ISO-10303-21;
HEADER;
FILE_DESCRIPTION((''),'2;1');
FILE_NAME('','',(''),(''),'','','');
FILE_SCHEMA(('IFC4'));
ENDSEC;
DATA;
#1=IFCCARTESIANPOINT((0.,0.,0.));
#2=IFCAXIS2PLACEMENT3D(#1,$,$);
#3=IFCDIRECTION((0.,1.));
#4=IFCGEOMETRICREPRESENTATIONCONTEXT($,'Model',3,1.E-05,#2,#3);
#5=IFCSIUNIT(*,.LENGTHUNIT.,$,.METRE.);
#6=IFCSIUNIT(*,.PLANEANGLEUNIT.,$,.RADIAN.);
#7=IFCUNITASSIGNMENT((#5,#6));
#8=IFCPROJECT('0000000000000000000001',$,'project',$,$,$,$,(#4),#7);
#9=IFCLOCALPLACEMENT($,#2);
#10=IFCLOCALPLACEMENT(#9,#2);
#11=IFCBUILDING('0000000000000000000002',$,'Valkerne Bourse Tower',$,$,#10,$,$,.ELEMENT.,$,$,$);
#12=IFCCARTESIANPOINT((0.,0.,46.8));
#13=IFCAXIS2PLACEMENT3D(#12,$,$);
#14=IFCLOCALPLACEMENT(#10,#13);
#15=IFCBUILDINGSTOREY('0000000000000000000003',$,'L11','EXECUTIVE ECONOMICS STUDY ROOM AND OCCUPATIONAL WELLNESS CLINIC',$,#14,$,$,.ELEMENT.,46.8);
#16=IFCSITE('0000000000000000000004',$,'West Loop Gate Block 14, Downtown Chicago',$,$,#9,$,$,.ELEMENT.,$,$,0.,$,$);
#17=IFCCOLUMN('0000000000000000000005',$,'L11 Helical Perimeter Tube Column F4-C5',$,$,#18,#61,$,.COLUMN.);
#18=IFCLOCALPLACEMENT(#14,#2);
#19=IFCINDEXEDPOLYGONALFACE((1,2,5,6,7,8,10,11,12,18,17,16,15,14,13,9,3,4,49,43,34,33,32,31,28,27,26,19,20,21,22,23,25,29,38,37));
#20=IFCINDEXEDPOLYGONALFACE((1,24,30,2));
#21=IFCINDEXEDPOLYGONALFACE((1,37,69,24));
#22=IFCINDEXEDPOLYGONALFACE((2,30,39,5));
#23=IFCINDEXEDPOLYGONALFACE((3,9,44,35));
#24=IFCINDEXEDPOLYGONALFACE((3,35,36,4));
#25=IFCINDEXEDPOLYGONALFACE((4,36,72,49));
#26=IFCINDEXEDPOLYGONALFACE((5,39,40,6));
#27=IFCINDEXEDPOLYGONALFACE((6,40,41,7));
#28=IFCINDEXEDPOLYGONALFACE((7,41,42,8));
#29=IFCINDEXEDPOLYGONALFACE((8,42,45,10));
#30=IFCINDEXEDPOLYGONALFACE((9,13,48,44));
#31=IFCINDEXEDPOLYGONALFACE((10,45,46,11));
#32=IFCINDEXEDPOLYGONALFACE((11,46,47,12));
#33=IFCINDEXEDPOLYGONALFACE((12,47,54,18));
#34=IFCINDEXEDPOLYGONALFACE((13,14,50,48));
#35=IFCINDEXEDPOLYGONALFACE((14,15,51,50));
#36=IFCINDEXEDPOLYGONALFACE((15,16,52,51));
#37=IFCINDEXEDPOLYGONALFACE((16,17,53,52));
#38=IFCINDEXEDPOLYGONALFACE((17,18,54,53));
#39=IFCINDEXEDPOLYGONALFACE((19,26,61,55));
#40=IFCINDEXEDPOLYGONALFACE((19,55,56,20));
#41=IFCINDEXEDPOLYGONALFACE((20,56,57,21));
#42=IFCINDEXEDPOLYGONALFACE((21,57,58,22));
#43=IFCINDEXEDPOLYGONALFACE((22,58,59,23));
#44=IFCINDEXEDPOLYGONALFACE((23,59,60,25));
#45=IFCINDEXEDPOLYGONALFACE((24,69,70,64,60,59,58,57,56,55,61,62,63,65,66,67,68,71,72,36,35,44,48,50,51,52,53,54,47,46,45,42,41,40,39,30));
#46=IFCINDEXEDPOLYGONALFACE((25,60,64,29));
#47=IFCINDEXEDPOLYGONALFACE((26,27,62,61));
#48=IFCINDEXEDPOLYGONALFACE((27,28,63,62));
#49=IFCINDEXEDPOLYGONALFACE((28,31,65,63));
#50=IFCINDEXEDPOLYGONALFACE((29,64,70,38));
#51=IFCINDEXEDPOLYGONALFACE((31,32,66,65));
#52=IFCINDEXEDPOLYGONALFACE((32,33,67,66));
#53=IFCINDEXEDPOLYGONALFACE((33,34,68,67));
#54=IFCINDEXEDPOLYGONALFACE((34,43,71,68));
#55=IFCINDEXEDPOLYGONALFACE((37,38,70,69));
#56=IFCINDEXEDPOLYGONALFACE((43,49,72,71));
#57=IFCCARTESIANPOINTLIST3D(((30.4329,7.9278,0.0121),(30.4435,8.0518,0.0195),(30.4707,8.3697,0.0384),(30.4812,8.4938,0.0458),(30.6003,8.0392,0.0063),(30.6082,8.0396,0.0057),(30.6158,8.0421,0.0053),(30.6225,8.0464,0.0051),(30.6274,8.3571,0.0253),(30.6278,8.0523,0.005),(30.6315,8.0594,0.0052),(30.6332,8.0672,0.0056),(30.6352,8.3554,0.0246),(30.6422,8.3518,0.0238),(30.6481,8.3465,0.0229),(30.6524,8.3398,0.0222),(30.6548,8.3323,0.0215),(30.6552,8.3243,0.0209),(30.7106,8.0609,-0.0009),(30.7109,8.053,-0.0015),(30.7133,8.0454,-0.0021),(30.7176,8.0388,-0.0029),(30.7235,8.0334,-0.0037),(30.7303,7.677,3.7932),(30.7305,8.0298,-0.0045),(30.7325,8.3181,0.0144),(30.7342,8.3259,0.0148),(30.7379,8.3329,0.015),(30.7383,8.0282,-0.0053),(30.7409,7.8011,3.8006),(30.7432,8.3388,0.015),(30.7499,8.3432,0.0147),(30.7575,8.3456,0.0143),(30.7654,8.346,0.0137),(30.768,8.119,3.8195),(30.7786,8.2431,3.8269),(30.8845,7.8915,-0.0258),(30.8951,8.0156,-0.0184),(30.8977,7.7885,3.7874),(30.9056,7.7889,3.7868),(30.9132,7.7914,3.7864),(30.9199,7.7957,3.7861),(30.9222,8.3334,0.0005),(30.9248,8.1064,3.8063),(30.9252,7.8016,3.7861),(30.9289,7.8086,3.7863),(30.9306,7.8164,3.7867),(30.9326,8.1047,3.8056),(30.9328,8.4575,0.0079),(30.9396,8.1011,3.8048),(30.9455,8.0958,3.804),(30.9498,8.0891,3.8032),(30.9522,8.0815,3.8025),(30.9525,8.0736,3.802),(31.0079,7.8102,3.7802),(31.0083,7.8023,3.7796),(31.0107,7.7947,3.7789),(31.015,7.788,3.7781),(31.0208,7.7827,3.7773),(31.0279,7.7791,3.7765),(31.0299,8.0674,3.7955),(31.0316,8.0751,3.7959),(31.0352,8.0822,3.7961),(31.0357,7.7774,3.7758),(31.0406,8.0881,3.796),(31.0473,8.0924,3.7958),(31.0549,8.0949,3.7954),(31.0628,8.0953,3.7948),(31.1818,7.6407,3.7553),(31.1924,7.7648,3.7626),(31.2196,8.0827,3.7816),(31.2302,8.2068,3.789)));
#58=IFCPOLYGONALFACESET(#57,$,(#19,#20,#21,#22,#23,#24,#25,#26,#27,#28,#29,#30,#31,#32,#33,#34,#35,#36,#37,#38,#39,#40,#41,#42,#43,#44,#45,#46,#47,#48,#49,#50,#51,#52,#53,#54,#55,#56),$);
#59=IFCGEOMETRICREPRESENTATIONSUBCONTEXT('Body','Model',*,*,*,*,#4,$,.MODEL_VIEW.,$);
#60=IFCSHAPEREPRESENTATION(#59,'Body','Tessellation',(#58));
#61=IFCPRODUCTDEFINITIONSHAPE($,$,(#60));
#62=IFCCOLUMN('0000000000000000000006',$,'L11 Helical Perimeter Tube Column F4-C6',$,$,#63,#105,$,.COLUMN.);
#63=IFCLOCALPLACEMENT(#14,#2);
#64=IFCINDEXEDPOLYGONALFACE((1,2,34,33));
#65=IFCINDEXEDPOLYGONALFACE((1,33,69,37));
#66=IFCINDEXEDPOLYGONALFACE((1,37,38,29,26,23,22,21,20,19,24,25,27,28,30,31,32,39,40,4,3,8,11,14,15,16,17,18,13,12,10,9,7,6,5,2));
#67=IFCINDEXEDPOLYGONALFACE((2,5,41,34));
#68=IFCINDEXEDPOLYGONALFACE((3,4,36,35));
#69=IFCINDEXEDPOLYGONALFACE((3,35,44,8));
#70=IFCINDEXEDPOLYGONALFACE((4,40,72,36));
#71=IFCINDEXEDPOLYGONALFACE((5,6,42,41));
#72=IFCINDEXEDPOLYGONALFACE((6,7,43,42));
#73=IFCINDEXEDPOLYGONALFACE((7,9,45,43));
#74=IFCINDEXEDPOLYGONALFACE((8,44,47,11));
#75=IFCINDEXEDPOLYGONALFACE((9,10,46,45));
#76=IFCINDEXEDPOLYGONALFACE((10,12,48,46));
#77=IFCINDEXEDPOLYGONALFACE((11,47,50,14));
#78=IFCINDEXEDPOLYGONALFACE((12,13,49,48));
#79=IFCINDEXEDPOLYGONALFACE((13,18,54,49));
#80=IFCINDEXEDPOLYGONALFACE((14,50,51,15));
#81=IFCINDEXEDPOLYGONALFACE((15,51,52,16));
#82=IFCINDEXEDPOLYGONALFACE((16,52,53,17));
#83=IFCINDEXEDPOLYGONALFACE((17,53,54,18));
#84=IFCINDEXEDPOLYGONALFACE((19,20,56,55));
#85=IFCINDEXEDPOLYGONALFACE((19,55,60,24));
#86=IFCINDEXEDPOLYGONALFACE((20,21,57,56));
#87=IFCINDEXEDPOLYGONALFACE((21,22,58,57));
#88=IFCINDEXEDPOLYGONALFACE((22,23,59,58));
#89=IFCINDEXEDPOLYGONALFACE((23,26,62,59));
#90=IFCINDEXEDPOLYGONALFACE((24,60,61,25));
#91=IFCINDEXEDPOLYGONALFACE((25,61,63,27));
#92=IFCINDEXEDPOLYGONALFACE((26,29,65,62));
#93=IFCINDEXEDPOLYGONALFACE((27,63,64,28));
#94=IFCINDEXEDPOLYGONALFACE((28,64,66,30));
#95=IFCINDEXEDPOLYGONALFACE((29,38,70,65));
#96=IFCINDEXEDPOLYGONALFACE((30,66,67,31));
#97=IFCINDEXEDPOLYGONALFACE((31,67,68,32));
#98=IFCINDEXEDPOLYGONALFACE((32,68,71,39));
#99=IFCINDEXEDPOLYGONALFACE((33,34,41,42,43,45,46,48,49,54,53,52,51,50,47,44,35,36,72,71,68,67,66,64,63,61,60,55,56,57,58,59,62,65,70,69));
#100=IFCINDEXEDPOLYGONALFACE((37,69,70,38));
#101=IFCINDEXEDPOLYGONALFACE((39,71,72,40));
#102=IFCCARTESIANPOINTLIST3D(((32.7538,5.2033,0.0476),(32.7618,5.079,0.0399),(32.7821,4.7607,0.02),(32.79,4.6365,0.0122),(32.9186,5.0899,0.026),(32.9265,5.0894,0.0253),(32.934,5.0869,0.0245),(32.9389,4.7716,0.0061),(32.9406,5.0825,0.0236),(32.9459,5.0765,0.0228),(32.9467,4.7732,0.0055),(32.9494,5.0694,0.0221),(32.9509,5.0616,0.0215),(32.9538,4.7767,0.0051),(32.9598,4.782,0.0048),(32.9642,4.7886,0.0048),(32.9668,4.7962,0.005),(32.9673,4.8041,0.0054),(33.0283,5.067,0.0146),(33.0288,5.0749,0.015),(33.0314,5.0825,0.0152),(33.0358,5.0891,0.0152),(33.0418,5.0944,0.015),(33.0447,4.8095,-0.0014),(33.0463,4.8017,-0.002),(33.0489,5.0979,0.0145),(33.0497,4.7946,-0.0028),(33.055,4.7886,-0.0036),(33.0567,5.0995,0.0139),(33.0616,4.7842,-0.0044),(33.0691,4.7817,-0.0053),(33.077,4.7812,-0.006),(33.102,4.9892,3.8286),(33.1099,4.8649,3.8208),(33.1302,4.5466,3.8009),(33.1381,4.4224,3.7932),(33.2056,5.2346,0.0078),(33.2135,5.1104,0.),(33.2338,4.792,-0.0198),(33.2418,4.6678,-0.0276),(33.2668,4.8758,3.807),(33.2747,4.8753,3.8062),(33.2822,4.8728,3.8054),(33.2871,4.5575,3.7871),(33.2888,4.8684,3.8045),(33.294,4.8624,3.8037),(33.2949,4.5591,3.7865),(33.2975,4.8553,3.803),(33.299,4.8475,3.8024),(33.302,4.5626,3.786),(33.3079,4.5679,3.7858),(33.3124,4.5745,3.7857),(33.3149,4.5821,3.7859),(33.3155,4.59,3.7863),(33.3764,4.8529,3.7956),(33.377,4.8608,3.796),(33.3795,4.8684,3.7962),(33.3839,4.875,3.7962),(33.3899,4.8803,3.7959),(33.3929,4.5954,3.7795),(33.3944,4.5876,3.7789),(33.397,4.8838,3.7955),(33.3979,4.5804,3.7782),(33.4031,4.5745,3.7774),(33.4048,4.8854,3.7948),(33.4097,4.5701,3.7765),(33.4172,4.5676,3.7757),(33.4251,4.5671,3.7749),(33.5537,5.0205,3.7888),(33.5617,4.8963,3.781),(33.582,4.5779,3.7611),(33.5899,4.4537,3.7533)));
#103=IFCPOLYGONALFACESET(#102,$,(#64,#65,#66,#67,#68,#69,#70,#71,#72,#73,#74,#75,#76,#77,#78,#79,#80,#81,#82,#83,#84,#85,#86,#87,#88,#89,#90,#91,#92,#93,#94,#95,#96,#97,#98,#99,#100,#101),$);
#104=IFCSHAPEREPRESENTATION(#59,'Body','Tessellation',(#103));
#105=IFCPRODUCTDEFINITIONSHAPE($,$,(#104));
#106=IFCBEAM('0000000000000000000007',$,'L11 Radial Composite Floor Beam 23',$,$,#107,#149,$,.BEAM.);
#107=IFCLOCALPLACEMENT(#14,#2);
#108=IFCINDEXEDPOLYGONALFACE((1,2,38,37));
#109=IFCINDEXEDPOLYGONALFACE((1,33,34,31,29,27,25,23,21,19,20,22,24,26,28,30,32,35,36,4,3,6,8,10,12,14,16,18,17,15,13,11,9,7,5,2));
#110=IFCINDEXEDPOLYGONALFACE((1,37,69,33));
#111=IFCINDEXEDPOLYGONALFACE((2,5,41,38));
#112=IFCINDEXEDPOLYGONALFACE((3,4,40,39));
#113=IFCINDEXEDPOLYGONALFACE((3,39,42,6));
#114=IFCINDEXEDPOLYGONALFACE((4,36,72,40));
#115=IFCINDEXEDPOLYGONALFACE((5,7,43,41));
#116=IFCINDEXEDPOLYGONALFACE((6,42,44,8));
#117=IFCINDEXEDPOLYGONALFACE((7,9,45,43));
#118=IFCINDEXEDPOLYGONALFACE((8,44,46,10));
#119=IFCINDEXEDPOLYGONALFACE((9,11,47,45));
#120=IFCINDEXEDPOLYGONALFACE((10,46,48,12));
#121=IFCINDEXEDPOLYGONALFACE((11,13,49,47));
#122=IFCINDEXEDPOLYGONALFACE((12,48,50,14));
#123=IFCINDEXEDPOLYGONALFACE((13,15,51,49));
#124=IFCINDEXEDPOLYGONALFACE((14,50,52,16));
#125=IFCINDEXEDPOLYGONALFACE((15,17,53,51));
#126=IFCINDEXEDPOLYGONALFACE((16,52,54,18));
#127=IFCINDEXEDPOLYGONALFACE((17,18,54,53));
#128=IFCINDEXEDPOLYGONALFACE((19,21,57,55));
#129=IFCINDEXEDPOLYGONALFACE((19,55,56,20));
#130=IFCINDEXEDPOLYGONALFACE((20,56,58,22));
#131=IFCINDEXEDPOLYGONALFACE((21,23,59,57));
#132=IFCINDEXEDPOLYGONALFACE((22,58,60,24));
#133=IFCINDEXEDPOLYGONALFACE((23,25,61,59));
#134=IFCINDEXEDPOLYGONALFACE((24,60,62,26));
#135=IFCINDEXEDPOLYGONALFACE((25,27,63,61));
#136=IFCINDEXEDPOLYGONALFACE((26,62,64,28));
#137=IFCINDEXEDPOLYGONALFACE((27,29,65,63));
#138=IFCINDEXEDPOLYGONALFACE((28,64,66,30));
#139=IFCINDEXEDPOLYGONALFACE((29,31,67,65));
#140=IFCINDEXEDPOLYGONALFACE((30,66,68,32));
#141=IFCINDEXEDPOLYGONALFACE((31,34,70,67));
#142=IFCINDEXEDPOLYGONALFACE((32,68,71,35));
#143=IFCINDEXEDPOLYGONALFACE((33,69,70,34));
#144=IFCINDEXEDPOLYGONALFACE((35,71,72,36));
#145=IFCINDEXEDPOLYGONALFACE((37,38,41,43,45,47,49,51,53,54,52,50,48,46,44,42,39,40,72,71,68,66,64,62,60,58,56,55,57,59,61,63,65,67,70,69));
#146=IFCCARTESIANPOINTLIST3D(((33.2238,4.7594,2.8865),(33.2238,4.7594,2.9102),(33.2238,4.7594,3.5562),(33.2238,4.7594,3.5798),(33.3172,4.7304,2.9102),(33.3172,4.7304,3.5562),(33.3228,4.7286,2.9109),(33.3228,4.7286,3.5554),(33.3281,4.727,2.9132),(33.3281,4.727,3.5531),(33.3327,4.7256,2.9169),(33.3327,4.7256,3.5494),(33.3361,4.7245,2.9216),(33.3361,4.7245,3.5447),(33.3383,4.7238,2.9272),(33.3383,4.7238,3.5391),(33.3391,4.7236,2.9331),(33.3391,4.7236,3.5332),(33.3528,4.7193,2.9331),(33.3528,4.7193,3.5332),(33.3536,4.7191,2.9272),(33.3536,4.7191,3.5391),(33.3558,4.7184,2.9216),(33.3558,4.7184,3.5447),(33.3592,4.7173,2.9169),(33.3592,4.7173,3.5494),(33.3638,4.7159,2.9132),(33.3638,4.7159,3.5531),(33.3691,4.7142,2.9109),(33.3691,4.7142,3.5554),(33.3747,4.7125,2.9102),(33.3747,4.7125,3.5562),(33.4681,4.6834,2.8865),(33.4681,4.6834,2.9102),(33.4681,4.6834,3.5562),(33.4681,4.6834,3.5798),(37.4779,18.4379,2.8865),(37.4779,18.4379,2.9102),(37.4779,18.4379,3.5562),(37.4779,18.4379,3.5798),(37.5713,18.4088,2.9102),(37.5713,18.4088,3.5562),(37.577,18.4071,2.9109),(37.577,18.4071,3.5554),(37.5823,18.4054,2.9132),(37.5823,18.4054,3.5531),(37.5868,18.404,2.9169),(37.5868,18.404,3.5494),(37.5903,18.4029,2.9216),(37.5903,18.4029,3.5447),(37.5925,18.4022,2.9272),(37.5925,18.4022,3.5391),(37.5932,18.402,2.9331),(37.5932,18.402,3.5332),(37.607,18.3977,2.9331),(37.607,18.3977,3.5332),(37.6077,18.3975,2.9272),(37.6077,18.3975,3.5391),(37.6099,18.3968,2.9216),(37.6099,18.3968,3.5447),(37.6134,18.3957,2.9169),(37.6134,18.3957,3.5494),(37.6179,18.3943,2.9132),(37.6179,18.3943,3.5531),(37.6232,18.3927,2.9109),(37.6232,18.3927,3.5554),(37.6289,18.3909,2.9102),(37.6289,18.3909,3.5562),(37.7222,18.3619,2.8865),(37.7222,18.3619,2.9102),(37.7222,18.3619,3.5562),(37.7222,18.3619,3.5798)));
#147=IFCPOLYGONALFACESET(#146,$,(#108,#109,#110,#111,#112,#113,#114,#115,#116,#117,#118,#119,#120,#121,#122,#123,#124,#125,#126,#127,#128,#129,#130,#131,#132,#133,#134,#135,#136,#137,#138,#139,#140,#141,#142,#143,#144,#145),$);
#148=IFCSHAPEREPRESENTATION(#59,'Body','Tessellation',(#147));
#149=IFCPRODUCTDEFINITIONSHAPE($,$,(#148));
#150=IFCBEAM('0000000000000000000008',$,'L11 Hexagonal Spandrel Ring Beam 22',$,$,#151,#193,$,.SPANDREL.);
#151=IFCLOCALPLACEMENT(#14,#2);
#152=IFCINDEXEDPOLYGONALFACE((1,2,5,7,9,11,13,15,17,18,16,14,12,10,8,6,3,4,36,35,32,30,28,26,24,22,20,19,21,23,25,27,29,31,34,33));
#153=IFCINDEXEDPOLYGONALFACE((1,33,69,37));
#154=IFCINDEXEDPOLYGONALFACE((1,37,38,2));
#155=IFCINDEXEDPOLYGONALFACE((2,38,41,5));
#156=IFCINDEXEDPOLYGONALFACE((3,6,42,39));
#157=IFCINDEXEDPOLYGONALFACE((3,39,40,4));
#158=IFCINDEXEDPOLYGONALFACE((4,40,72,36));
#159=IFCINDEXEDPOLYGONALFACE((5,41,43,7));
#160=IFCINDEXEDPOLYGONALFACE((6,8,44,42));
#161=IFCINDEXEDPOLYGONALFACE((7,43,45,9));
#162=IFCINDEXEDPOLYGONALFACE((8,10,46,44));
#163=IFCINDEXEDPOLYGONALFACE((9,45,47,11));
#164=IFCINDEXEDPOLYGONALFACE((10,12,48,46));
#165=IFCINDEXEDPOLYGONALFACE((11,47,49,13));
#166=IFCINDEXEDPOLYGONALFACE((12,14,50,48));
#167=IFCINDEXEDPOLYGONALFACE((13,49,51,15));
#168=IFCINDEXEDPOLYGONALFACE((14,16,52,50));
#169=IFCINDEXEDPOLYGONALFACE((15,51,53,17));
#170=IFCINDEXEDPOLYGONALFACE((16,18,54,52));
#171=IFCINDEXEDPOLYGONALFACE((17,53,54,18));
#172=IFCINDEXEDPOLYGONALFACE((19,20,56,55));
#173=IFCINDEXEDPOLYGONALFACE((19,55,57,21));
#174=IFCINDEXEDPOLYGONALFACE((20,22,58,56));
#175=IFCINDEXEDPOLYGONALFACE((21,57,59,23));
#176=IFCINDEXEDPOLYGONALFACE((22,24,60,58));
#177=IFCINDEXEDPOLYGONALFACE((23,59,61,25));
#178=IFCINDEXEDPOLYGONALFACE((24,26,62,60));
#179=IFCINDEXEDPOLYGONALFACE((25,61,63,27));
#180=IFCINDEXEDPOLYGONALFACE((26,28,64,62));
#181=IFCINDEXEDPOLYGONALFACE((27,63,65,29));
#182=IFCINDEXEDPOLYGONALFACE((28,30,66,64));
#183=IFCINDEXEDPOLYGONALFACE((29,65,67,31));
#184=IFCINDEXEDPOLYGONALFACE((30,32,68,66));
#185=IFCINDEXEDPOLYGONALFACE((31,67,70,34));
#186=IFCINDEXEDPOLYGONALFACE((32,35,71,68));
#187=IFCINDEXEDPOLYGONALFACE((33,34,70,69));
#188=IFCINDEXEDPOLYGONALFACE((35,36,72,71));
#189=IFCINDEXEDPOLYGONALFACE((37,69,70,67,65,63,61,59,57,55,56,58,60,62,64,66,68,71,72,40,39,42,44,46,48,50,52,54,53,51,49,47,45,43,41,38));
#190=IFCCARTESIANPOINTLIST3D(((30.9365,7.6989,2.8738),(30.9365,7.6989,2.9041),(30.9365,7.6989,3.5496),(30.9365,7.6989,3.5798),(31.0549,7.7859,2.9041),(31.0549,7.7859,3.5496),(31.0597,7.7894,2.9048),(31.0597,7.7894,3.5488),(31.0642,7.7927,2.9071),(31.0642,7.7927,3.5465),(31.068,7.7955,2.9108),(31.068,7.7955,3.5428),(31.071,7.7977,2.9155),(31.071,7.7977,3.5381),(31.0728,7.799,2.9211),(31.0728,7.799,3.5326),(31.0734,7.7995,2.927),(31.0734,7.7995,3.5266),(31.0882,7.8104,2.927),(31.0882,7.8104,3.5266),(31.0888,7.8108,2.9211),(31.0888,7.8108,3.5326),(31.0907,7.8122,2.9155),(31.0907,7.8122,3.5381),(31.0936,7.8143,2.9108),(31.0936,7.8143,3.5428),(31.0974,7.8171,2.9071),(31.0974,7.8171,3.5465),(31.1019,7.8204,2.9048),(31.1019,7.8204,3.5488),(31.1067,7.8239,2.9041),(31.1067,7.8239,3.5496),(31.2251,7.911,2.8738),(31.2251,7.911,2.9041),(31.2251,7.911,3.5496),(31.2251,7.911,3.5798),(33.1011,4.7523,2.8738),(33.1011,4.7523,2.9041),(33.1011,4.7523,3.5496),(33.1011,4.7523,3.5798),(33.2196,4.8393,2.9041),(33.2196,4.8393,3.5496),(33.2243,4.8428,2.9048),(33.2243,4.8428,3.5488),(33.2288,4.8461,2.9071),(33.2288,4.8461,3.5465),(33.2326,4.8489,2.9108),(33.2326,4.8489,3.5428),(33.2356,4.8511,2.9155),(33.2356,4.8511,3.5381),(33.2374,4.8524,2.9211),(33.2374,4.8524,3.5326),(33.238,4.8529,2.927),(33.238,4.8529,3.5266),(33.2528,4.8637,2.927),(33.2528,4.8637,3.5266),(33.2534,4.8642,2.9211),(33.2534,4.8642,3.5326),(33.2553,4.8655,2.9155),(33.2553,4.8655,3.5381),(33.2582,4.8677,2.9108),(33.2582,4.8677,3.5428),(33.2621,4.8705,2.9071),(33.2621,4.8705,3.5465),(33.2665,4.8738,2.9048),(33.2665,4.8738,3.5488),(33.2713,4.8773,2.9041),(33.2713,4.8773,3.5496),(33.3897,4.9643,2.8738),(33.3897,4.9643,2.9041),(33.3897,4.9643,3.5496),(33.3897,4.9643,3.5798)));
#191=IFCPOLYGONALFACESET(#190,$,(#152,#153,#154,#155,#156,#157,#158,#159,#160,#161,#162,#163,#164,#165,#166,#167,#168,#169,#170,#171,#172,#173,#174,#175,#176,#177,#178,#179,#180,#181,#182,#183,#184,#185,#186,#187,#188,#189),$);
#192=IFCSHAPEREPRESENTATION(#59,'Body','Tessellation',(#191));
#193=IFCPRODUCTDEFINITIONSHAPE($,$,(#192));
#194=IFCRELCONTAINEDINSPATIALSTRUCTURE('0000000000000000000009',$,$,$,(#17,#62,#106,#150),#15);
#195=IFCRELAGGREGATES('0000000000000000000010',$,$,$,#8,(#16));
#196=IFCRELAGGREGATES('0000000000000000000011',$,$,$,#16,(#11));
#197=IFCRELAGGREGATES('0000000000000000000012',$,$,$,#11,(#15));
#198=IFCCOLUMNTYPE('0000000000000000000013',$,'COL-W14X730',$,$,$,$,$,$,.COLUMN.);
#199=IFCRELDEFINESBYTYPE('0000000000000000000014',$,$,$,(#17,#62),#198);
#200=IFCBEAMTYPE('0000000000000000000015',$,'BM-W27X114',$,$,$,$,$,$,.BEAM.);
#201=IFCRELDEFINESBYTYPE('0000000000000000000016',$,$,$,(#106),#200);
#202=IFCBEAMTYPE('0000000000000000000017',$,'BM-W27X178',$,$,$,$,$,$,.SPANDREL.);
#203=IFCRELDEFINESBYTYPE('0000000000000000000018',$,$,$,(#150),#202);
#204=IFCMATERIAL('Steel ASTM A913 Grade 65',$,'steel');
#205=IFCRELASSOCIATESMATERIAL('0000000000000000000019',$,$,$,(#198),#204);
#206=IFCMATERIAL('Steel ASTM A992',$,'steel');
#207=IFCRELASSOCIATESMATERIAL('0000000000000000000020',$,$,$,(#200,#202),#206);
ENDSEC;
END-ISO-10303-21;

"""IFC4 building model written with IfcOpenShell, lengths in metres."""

from ifc_helpers import new_model, si_unit, direction, frame, origin, origin_2d, place, context, subcontext, project, spatial, i_section, extrude, material, material_profile, profile_set, type_object, element, save


model = new_model("IFC4")

# Units and contexts
model_context = context("Model", 3, precision=1e-05, world=origin(), true_north=direction((0.0, 1.0)))
body_context = subcontext(model_context, "Body", "Model", "MODEL_VIEW")
ifc_project = project(units=[si_unit("LENGTHUNIT", "METRE"), si_unit("PLANEANGLEUNIT", "RADIAN")], contexts=[model_context])

# Site, building, storey
site_placement = place(None, origin())
site = spatial("IfcSite", under=ifc_project, at=site_placement, Name="West Loop Gate Block 14, Downtown Chicago", CompositionType="ELEMENT", RefElevation=0.0)
building_placement = place(site_placement, origin())
building = spatial("IfcBuilding", under=site, at=building_placement, Name="Valkerne Bourse Tower", CompositionType="ELEMENT")
storey_placement = place(building_placement, frame((0.0, 0.0, 46.8)))
storey = spatial("IfcBuildingStorey", under=building, at=storey_placement, Name="L11", Description="EXECUTIVE ECONOMICS STUDY ROOM AND OCCUPATIONAL WELLNESS CLINIC", CompositionType="ELEMENT", Elevation=46.8)

# Columns
ifc_material_1 = material(Name="Steel ASTM A913 Grade 65", Category="steel")
ifc_material_profile_1 = material_profile(ifc_material_1, i_section(OverallWidth=0.4546, OverallDepth=0.5691, WebThickness=0.0779, FlangeThickness=0.1248, FilletRadius=0.0305, at=origin_2d()), Name="W14X730")
ifc_profile_set_1 = profile_set([ifc_material_profile_1], Name="Steel ASTM A913 Grade 65")
column_type = type_object("IfcColumnType", Name="COL-W14X730", PredefinedType="COLUMN", material=ifc_profile_set_1)
column_1_placement = place(storey_placement, frame((30.6829, 8.1926, 0.01), z_axis=(0.078234, -0.065966, 0.99475), x_axis=(0.993313, -0.079825, -0.083414)))
element("IfcColumn", 1, at=column_1_placement, inside=storey, type_object=column_type, Name="L11 Helical Perimeter Tube Column F4-C5", PredefinedType="COLUMN", context=body_context, shape_type="SweptSolid", body=[
    extrude(i_section(OverallWidth=0.4546, OverallDepth=0.5691, WebThickness=0.0779, FlangeThickness=0.1248, FilletRadius=0.0305, at=origin_2d()), origin(), (0.0, 0.0, 1.0), 3.801),
])
column_2_placement = place(storey_placement, frame((32.9978, 4.9355, 0.01), z_axis=(0.091544, -0.0563, 0.994208), x_axis=(0.993771, 0.06889, -0.087603)))
element("IfcColumn", 2, at=column_2_placement, inside=storey, type_object=column_type, Name="L11 Helical Perimeter Tube Column F4-C6", PredefinedType="COLUMN", context=body_context, shape_type="SweptSolid", body=[
    extrude(i_section(OverallWidth=0.4546, OverallDepth=0.5691, WebThickness=0.0779, FlangeThickness=0.1248, FilletRadius=0.0305, at=origin_2d()), origin(), (0.0, 0.0, 1.0), 3.803),
])

# Beams
ifc_material_2 = material(Name="Steel ASTM A992", Category="steel")
ifc_material_profile_2 = material_profile(ifc_material_2, i_section(OverallWidth=0.2559, OverallDepth=0.6934, WebThickness=0.0144, FlangeThickness=0.0237, FilletRadius=0.0229, at=origin_2d()), Name="W27X114")
ifc_profile_set_2 = profile_set([ifc_material_profile_2], Name="Steel ASTM A992")
beam_type_1 = type_object("IfcBeamType", Name="BM-W27X114", PredefinedType="BEAM", material=ifc_profile_set_2)
beam_1_placement = place(storey_placement, frame((33.3459, 4.7214, 3.2332), z_axis=(0.296979, 0.954884, 0.0), x_axis=(-0.954884, 0.296979, 0.0)))
element("IfcBeam", 3, at=beam_1_placement, inside=storey, type_object=beam_type_1, Name="L11 Radial Composite Floor Beam 23", PredefinedType="BEAM", context=body_context, shape_type="SweptSolid", body=[
    extrude(i_section(OverallWidth=0.2559, OverallDepth=0.6934, WebThickness=0.0144, FlangeThickness=0.0237, FilletRadius=0.0229, at=origin_2d()), origin(), (0.0, 0.0, 1.0), 14.3247),
])
ifc_material_profile_3 = material_profile(ifc_material_2, i_section(OverallWidth=0.3582, OverallDepth=0.7061, WebThickness=0.0183, FlangeThickness=0.0303, FilletRadius=0.0229, at=origin_2d()), Name="W27X178")
ifc_profile_set_3 = profile_set([ifc_material_profile_3], Name="Steel ASTM A992")
beam_type_2 = type_object("IfcBeamType", Name="BM-W27X178", PredefinedType="SPANDREL", material=ifc_profile_set_3)
beam_2_placement = place(storey_placement, frame((31.0808, 7.8049, 3.2268), z_axis=(0.592032, -0.805914, 0.0), x_axis=(0.805914, 0.592032, 0.0)))
element("IfcBeam", 4, at=beam_2_placement, inside=storey, type_object=beam_type_2, Name="L11 Hexagonal Spandrel Ring Beam 22", PredefinedType="SPANDREL", context=body_context, shape_type="SweptSolid", body=[
    extrude(i_section(OverallWidth=0.3582, OverallDepth=0.7061, WebThickness=0.0183, FlangeThickness=0.0303, FilletRadius=0.0229, at=origin_2d()), origin(), (0.0, 0.0, 1.0), 3.6562),
])

save(model, "model.ifc")
